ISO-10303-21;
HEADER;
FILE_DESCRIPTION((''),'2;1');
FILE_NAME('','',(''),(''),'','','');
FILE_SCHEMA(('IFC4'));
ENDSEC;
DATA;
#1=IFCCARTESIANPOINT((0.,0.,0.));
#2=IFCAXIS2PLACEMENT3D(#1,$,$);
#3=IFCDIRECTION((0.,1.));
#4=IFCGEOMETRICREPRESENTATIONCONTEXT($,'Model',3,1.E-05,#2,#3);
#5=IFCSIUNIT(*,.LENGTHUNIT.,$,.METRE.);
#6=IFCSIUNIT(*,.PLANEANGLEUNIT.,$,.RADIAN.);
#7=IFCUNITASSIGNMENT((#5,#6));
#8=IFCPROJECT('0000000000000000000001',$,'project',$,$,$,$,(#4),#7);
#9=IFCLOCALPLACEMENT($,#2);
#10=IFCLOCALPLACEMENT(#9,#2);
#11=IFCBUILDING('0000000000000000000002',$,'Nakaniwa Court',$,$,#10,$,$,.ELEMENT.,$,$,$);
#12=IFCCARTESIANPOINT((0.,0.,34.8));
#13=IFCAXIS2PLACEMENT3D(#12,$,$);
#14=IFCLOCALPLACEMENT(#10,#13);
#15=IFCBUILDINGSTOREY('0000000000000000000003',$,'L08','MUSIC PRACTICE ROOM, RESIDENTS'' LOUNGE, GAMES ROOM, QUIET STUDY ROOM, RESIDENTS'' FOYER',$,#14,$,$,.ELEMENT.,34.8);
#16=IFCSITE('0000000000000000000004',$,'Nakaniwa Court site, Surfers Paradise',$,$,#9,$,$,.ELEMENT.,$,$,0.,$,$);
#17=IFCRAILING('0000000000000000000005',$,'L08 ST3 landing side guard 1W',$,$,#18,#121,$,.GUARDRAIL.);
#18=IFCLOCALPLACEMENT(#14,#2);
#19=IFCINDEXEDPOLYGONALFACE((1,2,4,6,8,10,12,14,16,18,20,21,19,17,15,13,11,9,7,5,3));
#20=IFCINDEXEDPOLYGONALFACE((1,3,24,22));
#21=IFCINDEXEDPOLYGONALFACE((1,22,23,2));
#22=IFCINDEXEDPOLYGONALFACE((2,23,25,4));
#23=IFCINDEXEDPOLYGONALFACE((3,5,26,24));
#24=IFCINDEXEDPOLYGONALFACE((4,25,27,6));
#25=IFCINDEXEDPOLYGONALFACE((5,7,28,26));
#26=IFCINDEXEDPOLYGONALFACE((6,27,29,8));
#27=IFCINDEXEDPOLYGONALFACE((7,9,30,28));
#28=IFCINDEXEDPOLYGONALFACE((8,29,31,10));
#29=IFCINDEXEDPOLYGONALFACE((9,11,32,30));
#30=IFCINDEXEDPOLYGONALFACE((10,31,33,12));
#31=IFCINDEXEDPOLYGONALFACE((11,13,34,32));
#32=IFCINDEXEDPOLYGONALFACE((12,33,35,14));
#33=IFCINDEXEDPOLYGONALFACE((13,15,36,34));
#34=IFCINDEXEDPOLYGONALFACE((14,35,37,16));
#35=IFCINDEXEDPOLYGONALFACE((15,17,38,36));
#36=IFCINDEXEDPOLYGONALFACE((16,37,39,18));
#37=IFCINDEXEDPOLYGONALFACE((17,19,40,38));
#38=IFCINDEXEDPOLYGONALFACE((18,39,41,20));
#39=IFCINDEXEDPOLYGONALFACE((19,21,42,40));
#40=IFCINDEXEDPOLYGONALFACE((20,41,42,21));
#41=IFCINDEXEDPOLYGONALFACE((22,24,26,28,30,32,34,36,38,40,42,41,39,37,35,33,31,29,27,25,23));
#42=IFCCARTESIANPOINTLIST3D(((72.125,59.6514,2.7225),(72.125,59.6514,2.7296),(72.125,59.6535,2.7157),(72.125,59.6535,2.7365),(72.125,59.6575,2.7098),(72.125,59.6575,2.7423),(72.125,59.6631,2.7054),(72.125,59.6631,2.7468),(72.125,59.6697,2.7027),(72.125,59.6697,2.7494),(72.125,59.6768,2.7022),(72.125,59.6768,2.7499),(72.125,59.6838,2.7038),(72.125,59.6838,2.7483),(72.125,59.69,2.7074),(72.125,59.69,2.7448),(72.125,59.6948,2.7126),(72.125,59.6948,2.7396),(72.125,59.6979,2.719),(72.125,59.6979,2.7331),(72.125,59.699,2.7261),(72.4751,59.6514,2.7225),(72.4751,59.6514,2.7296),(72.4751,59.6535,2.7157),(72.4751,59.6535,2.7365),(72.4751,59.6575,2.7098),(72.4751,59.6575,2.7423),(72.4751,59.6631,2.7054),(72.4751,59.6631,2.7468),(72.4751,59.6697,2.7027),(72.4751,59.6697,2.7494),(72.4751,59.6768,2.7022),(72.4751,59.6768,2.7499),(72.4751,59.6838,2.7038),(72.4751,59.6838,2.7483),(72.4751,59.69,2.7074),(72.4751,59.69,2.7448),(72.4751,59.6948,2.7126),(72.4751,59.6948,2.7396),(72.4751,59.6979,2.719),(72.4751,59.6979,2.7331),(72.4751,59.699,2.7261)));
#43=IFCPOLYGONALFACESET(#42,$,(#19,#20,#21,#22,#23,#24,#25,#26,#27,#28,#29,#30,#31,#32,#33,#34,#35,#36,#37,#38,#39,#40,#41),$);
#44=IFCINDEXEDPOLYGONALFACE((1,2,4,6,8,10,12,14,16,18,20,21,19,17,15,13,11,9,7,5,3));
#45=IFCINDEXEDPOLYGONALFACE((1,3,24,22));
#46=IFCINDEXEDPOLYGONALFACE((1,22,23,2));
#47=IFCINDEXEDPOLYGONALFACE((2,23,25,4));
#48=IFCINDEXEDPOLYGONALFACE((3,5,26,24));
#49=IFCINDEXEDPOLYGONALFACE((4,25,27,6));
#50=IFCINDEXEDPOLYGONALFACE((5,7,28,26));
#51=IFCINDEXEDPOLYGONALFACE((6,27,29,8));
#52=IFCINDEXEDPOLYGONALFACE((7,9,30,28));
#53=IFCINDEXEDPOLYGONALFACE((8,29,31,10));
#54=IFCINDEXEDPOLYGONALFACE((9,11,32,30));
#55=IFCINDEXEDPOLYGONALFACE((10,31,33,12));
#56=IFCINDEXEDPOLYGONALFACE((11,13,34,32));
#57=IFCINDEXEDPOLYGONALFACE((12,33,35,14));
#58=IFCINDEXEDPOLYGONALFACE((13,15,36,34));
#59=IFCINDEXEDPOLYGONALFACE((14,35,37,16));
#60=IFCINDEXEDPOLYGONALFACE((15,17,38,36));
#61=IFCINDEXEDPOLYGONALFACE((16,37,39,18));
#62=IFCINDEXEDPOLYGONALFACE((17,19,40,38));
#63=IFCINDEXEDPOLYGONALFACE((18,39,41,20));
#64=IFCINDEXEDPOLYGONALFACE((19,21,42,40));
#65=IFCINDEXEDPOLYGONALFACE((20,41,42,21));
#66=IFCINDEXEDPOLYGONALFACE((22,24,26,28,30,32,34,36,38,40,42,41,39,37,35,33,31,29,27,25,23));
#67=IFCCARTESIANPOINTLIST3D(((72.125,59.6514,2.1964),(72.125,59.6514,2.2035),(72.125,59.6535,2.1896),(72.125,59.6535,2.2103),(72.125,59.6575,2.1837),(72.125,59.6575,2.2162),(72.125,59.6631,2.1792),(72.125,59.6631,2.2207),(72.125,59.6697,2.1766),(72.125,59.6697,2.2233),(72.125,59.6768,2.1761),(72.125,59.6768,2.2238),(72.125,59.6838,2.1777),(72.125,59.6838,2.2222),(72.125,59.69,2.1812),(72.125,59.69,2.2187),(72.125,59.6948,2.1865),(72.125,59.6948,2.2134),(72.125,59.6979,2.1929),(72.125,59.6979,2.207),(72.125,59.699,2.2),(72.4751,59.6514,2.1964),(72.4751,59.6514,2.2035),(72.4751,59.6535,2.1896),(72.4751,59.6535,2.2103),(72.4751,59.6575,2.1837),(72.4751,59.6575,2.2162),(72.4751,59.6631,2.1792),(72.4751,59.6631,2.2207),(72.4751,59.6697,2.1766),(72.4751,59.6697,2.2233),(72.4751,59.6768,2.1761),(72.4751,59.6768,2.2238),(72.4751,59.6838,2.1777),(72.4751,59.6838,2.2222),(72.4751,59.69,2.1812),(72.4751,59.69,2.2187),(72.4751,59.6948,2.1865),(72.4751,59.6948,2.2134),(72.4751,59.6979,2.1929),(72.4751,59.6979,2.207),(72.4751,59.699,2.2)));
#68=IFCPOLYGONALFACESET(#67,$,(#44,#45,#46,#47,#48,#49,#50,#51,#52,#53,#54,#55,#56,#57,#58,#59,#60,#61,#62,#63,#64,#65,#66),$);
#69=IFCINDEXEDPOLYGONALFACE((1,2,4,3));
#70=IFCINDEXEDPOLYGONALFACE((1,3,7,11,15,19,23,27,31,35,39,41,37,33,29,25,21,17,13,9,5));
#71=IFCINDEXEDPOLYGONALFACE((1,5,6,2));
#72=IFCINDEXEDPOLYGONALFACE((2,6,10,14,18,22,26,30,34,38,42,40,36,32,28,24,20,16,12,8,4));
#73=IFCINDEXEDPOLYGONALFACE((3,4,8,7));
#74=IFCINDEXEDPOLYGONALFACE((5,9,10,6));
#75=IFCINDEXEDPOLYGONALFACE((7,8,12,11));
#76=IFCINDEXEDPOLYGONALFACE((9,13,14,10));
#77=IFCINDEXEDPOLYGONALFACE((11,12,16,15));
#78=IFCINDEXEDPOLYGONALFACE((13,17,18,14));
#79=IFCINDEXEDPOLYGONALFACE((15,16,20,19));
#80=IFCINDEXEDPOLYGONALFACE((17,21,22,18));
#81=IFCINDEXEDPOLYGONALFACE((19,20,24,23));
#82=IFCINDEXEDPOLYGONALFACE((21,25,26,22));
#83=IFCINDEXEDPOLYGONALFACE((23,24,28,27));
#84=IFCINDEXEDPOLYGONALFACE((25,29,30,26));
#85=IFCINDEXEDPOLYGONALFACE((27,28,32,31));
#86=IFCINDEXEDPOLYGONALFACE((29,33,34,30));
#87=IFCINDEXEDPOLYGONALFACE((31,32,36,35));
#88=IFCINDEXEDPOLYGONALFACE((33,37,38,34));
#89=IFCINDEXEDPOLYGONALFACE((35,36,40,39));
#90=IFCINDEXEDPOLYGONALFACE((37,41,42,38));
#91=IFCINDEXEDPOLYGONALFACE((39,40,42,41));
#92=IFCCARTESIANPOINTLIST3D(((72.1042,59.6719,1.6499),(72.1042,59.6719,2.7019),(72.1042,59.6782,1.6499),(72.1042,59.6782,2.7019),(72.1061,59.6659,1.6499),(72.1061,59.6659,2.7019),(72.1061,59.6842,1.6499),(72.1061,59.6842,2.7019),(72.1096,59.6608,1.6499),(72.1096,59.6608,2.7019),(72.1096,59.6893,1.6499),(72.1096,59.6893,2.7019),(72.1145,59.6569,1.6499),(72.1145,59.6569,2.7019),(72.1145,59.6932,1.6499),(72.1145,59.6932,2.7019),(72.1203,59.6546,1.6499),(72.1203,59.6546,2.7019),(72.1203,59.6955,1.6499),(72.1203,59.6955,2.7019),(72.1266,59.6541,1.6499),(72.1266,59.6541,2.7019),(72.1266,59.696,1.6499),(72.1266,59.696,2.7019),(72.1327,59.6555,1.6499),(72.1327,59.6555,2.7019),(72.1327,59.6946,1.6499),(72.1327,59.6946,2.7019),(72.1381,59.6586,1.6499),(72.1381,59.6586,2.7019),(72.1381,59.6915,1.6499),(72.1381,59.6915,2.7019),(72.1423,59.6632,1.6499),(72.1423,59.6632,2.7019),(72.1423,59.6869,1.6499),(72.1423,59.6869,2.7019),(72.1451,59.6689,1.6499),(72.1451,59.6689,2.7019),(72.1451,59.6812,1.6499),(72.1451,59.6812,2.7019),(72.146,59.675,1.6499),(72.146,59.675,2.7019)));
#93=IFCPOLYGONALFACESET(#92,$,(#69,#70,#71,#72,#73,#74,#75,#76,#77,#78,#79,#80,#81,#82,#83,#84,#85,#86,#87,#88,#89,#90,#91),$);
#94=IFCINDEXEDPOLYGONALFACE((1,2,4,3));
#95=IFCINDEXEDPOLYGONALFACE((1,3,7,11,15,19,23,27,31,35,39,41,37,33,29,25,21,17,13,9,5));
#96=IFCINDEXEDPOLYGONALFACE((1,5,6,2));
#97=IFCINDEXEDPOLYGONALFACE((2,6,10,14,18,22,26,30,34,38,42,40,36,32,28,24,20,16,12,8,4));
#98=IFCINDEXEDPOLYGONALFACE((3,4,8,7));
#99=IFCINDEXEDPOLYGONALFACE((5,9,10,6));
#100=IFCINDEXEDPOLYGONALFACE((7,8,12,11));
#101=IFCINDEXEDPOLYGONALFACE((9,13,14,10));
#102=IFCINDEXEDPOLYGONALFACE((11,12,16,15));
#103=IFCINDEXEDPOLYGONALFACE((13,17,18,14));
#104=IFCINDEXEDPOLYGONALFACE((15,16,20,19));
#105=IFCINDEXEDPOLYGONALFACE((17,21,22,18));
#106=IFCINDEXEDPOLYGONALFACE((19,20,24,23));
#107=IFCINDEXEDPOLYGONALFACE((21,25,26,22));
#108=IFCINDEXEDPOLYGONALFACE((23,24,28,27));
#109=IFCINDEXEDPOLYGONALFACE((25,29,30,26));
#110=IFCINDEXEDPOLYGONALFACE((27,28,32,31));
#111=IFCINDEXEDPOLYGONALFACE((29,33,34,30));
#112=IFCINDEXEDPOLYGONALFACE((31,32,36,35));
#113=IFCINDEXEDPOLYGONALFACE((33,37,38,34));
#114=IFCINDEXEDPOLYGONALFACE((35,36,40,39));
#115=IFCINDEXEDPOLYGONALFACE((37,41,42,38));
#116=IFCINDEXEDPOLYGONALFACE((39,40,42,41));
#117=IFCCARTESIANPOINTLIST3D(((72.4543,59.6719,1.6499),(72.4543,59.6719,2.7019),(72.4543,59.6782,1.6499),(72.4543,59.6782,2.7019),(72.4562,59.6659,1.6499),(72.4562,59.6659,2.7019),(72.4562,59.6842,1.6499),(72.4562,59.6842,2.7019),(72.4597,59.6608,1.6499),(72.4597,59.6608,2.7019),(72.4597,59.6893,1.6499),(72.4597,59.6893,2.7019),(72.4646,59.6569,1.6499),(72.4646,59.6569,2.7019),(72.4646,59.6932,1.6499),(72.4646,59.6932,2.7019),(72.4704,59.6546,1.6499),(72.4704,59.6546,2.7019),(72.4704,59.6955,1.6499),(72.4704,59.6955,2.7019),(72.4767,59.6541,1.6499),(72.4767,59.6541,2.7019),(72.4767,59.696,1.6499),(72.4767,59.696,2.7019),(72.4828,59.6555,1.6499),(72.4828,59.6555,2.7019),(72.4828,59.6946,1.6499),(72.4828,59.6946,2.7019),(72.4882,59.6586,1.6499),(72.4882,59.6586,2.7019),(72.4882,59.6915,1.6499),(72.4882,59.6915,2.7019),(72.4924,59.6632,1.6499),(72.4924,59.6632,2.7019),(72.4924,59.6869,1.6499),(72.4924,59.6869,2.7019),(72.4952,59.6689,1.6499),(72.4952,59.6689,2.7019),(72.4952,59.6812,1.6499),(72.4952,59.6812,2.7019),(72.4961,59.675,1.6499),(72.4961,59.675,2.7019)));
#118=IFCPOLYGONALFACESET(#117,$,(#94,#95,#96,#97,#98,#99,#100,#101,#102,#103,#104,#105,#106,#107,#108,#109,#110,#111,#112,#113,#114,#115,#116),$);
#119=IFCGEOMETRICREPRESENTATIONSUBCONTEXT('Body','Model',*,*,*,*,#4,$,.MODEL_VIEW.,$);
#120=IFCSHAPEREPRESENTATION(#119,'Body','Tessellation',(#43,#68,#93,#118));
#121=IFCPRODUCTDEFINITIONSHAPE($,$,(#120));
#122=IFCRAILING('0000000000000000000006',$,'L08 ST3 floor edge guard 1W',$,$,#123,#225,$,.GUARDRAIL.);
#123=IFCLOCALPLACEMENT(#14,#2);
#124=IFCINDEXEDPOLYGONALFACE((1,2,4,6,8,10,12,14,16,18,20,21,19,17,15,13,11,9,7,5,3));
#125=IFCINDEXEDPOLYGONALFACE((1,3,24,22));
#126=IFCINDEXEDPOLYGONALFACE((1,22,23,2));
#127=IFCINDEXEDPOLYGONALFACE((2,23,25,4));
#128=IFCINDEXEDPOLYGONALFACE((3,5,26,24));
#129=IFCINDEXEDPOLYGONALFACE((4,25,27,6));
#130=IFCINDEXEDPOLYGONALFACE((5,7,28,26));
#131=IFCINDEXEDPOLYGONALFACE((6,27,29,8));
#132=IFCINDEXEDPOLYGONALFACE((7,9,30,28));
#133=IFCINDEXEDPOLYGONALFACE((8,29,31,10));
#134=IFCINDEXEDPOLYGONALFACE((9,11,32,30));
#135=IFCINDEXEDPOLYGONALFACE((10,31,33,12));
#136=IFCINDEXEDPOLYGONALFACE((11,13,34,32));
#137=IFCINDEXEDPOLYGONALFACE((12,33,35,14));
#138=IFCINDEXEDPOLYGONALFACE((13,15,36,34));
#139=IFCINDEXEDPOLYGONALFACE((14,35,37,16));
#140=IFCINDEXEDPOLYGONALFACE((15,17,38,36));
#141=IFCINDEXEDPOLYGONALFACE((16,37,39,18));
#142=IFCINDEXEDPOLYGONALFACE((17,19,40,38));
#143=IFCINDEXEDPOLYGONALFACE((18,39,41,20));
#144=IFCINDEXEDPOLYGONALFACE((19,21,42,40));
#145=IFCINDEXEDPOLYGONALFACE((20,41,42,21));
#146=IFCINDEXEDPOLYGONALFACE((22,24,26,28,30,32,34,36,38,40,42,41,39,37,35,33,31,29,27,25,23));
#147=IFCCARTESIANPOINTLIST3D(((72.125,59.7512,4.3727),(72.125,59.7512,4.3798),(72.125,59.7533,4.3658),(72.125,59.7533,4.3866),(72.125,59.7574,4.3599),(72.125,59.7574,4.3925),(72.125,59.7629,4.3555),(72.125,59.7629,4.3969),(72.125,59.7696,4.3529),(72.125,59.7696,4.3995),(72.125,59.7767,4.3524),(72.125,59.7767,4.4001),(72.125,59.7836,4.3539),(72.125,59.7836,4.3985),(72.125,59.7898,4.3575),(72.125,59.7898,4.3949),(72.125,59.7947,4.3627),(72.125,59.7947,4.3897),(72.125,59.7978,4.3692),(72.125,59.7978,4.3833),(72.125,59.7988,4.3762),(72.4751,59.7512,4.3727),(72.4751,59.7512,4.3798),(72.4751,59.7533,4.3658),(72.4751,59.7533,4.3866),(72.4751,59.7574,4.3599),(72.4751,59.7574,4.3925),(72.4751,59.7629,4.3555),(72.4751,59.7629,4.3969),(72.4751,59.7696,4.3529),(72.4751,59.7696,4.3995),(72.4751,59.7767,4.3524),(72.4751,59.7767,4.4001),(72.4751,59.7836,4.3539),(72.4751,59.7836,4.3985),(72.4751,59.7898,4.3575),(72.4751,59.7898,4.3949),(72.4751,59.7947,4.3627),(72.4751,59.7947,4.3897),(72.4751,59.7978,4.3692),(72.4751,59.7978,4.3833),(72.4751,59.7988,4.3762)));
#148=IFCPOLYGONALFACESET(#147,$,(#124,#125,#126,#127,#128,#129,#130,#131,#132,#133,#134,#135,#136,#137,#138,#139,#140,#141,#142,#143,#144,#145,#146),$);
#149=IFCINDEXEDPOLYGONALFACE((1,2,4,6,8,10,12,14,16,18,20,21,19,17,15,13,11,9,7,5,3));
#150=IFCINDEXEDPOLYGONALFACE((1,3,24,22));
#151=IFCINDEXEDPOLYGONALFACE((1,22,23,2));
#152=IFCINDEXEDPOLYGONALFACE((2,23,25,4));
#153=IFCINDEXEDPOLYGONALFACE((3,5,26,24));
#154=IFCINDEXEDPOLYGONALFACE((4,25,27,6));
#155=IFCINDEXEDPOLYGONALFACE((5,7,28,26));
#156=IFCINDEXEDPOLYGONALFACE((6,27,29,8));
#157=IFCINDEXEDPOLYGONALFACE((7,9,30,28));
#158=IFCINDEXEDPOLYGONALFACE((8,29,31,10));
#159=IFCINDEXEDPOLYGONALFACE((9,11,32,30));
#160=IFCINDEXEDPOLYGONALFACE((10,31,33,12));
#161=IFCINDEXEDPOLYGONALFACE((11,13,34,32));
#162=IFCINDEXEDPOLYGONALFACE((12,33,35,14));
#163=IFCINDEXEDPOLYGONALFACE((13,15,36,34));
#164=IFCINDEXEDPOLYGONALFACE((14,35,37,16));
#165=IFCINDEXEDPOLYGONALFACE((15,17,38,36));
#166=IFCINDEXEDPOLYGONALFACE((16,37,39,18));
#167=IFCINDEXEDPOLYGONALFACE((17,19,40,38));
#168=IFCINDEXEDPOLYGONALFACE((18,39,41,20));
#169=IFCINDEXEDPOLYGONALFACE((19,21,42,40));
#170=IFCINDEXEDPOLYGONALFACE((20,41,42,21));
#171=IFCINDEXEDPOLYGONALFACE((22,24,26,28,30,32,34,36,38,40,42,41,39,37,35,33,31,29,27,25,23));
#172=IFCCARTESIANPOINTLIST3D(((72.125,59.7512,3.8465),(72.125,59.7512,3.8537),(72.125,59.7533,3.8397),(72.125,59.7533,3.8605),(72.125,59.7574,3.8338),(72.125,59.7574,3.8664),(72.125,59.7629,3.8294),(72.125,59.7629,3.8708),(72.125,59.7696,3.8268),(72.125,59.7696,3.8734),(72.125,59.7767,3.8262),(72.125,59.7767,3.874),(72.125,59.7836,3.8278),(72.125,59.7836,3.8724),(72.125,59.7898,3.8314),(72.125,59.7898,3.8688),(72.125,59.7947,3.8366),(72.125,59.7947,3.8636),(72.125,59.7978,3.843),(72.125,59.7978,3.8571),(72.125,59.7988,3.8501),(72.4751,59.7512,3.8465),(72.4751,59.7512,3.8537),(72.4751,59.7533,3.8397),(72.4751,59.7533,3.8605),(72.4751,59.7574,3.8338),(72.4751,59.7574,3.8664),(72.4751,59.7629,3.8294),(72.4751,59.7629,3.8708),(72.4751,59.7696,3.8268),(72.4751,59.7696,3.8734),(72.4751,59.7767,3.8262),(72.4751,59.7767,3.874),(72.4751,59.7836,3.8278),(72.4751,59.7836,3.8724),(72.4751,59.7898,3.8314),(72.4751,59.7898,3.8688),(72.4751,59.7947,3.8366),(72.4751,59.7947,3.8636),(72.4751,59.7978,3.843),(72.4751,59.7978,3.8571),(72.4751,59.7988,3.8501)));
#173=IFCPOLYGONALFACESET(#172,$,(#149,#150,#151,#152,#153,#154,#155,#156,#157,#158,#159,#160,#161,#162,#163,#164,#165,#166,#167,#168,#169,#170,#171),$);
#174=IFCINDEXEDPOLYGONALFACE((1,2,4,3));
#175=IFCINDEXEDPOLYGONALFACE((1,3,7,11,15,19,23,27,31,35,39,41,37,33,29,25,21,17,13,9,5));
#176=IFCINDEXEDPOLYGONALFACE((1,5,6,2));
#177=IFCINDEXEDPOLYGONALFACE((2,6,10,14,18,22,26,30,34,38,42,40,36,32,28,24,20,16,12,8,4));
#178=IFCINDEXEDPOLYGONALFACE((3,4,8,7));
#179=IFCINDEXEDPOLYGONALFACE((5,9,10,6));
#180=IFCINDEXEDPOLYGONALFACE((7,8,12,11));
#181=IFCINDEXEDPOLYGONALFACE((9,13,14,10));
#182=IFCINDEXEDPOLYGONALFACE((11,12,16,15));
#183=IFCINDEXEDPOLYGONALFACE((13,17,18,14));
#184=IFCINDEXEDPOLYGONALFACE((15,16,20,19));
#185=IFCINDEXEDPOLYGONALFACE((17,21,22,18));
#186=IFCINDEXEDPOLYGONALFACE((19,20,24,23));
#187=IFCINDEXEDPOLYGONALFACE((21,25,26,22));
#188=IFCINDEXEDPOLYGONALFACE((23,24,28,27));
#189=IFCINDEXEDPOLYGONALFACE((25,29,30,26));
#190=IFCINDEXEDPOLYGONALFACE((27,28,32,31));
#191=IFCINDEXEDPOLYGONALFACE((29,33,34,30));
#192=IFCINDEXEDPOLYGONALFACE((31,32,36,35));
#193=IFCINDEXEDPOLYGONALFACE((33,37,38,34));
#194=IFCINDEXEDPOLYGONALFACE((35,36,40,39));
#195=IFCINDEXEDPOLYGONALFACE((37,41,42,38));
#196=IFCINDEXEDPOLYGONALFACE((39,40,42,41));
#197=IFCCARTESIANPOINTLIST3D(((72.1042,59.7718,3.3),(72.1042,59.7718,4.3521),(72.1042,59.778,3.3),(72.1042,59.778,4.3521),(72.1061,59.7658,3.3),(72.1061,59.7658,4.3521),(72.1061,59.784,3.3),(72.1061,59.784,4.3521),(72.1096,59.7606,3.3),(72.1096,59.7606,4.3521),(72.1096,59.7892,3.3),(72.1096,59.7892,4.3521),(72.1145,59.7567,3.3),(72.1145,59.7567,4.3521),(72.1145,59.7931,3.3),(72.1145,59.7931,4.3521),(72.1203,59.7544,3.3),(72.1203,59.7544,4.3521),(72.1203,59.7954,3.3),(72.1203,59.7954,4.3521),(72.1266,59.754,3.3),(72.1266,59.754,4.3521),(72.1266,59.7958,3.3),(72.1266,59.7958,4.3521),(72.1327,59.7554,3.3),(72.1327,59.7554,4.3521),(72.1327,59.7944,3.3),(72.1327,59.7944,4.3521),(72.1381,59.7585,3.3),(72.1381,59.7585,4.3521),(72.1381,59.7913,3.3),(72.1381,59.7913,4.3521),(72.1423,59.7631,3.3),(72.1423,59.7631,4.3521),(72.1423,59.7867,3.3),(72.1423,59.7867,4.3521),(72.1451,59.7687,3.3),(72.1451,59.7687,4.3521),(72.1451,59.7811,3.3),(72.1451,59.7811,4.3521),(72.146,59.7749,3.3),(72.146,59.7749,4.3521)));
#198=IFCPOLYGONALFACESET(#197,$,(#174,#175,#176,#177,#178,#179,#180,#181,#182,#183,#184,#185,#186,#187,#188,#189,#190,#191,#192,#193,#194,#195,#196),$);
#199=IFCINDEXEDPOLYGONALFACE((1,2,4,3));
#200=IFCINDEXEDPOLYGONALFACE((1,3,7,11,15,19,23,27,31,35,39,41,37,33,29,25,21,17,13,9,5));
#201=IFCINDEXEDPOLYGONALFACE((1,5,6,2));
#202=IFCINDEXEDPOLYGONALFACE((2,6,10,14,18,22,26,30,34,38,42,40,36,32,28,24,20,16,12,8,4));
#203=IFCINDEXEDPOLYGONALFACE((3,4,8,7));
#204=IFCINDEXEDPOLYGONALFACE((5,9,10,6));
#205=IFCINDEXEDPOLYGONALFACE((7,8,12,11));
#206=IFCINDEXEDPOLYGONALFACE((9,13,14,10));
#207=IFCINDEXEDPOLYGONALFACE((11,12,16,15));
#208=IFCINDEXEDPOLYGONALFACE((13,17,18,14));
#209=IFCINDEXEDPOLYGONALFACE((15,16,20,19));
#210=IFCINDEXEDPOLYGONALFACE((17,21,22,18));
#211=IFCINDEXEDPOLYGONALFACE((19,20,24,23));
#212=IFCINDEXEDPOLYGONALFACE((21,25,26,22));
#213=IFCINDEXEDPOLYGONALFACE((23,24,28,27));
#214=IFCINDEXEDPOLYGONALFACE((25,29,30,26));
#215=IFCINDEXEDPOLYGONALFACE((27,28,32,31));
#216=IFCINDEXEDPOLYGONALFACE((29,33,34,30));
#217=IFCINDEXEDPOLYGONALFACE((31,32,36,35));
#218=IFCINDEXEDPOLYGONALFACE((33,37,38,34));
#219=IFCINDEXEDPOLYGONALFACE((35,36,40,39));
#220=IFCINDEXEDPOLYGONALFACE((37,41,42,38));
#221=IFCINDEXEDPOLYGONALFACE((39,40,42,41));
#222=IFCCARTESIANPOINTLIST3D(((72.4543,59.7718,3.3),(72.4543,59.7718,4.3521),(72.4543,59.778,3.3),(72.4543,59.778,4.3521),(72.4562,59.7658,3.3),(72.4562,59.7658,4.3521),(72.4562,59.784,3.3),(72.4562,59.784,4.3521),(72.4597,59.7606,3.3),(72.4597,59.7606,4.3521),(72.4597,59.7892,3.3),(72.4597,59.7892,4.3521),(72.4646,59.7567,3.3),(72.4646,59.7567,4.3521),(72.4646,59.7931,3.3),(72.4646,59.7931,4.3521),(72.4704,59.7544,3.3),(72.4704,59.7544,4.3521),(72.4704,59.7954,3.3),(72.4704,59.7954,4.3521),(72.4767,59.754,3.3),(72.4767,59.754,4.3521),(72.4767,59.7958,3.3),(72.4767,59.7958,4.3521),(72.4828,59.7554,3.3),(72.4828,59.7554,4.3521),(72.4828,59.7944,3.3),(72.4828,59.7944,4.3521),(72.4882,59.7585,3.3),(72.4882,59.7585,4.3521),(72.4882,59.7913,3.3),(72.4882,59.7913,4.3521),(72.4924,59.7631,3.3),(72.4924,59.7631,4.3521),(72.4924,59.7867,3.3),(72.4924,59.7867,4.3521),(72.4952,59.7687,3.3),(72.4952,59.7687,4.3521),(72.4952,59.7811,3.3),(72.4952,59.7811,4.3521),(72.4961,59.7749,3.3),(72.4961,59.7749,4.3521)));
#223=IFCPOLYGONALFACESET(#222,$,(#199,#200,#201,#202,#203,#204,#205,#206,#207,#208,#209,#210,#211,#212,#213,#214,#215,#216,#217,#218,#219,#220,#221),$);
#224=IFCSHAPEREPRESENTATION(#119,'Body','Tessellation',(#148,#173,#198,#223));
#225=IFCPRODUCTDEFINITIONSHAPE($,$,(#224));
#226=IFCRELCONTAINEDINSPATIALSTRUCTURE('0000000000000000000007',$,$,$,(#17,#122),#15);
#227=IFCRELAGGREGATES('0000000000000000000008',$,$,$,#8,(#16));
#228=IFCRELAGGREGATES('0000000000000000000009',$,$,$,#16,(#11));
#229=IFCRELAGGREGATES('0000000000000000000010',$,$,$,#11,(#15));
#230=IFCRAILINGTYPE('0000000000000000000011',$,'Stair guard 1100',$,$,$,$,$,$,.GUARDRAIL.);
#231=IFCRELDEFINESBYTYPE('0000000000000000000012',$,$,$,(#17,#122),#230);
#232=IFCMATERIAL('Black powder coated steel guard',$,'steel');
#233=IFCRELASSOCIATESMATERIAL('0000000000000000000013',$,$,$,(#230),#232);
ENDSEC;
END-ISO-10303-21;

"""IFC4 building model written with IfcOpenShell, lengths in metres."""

from ifc_helpers import new_model, si_unit, direction, frame, origin, origin_2d, place, context, subcontext, project, spatial, circle, extrude, material, type_object, element, save


model = new_model("IFC4")

# Units and contexts
model_context = context("Model", 3, precision=1e-05, world=origin(), true_north=direction((0.0, 1.0)))
body_context = subcontext(model_context, "Body", "Model", "MODEL_VIEW")
ifc_project = project(units=[si_unit("LENGTHUNIT", "METRE"), si_unit("PLANEANGLEUNIT", "RADIAN")], contexts=[model_context])

# Site, building, storey
site_placement = place(None, origin())
site = spatial("IfcSite", under=ifc_project, at=site_placement, Name="Nakaniwa Court site, Surfers Paradise", CompositionType="ELEMENT", RefElevation=0.0)
building_placement = place(site_placement, origin())
building = spatial("IfcBuilding", under=site, at=building_placement, Name="Nakaniwa Court", CompositionType="ELEMENT")
storey_placement = place(building_placement, frame((0.0, 0.0, 34.8)))
storey = spatial("IfcBuildingStorey", under=building, at=storey_placement, Name="L08", Description="MUSIC PRACTICE ROOM, RESIDENTS' LOUNGE, GAMES ROOM, QUIET STUDY ROOM, RESIDENTS' FOYER", CompositionType="ELEMENT", Elevation=34.8)

# Railings
ifc_material_1 = material(Name="Black powder coated steel guard", Category="steel")
railing_type_1 = type_object("IfcRailingType", Name="Stair guard 1100", PredefinedType="GUARDRAIL", material=ifc_material_1)
for number, where, name in (
    (1, (72.125, 59.675, 1.6499), "L08 ST3 landing side guard 1W"),
    (2, (72.125, 59.7749, 3.3), "L08 ST3 floor edge guard 1W"),
):
    element("IfcRailing", number, at=place(storey_placement, frame(where)), inside=storey, type_object=railing_type_1, Name=name, PredefinedType="GUARDRAIL", context=body_context, shape_type="SweptSolid", body=[
        extrude(circle(Radius=0.0239, at=origin_2d()), frame((0.0, 0.0, 1.0762), z_axis=(1.0, 0.0, 0.0), x_axis=(0.0, 1.0, 0.0)), (0.0, 0.0, 1.0), 0.3501),
        extrude(circle(Radius=0.0239, at=origin_2d()), frame((0.0, 0.0, 0.55), z_axis=(1.0, 0.0, 0.0), x_axis=(0.0, 1.0, 0.0)), (0.0, 0.0, 1.0), 0.3501),
        extrude(circle(Radius=0.021, at=origin_2d()), origin(), (0.0, 0.0, 1.0), 1.052),
        extrude(circle(Radius=0.021, at=origin_2d()), frame((0.3501, 0.0, 0.0)), (0.0, 0.0, 1.0), 1.052),
    ])

save(model, "model.ifc")
